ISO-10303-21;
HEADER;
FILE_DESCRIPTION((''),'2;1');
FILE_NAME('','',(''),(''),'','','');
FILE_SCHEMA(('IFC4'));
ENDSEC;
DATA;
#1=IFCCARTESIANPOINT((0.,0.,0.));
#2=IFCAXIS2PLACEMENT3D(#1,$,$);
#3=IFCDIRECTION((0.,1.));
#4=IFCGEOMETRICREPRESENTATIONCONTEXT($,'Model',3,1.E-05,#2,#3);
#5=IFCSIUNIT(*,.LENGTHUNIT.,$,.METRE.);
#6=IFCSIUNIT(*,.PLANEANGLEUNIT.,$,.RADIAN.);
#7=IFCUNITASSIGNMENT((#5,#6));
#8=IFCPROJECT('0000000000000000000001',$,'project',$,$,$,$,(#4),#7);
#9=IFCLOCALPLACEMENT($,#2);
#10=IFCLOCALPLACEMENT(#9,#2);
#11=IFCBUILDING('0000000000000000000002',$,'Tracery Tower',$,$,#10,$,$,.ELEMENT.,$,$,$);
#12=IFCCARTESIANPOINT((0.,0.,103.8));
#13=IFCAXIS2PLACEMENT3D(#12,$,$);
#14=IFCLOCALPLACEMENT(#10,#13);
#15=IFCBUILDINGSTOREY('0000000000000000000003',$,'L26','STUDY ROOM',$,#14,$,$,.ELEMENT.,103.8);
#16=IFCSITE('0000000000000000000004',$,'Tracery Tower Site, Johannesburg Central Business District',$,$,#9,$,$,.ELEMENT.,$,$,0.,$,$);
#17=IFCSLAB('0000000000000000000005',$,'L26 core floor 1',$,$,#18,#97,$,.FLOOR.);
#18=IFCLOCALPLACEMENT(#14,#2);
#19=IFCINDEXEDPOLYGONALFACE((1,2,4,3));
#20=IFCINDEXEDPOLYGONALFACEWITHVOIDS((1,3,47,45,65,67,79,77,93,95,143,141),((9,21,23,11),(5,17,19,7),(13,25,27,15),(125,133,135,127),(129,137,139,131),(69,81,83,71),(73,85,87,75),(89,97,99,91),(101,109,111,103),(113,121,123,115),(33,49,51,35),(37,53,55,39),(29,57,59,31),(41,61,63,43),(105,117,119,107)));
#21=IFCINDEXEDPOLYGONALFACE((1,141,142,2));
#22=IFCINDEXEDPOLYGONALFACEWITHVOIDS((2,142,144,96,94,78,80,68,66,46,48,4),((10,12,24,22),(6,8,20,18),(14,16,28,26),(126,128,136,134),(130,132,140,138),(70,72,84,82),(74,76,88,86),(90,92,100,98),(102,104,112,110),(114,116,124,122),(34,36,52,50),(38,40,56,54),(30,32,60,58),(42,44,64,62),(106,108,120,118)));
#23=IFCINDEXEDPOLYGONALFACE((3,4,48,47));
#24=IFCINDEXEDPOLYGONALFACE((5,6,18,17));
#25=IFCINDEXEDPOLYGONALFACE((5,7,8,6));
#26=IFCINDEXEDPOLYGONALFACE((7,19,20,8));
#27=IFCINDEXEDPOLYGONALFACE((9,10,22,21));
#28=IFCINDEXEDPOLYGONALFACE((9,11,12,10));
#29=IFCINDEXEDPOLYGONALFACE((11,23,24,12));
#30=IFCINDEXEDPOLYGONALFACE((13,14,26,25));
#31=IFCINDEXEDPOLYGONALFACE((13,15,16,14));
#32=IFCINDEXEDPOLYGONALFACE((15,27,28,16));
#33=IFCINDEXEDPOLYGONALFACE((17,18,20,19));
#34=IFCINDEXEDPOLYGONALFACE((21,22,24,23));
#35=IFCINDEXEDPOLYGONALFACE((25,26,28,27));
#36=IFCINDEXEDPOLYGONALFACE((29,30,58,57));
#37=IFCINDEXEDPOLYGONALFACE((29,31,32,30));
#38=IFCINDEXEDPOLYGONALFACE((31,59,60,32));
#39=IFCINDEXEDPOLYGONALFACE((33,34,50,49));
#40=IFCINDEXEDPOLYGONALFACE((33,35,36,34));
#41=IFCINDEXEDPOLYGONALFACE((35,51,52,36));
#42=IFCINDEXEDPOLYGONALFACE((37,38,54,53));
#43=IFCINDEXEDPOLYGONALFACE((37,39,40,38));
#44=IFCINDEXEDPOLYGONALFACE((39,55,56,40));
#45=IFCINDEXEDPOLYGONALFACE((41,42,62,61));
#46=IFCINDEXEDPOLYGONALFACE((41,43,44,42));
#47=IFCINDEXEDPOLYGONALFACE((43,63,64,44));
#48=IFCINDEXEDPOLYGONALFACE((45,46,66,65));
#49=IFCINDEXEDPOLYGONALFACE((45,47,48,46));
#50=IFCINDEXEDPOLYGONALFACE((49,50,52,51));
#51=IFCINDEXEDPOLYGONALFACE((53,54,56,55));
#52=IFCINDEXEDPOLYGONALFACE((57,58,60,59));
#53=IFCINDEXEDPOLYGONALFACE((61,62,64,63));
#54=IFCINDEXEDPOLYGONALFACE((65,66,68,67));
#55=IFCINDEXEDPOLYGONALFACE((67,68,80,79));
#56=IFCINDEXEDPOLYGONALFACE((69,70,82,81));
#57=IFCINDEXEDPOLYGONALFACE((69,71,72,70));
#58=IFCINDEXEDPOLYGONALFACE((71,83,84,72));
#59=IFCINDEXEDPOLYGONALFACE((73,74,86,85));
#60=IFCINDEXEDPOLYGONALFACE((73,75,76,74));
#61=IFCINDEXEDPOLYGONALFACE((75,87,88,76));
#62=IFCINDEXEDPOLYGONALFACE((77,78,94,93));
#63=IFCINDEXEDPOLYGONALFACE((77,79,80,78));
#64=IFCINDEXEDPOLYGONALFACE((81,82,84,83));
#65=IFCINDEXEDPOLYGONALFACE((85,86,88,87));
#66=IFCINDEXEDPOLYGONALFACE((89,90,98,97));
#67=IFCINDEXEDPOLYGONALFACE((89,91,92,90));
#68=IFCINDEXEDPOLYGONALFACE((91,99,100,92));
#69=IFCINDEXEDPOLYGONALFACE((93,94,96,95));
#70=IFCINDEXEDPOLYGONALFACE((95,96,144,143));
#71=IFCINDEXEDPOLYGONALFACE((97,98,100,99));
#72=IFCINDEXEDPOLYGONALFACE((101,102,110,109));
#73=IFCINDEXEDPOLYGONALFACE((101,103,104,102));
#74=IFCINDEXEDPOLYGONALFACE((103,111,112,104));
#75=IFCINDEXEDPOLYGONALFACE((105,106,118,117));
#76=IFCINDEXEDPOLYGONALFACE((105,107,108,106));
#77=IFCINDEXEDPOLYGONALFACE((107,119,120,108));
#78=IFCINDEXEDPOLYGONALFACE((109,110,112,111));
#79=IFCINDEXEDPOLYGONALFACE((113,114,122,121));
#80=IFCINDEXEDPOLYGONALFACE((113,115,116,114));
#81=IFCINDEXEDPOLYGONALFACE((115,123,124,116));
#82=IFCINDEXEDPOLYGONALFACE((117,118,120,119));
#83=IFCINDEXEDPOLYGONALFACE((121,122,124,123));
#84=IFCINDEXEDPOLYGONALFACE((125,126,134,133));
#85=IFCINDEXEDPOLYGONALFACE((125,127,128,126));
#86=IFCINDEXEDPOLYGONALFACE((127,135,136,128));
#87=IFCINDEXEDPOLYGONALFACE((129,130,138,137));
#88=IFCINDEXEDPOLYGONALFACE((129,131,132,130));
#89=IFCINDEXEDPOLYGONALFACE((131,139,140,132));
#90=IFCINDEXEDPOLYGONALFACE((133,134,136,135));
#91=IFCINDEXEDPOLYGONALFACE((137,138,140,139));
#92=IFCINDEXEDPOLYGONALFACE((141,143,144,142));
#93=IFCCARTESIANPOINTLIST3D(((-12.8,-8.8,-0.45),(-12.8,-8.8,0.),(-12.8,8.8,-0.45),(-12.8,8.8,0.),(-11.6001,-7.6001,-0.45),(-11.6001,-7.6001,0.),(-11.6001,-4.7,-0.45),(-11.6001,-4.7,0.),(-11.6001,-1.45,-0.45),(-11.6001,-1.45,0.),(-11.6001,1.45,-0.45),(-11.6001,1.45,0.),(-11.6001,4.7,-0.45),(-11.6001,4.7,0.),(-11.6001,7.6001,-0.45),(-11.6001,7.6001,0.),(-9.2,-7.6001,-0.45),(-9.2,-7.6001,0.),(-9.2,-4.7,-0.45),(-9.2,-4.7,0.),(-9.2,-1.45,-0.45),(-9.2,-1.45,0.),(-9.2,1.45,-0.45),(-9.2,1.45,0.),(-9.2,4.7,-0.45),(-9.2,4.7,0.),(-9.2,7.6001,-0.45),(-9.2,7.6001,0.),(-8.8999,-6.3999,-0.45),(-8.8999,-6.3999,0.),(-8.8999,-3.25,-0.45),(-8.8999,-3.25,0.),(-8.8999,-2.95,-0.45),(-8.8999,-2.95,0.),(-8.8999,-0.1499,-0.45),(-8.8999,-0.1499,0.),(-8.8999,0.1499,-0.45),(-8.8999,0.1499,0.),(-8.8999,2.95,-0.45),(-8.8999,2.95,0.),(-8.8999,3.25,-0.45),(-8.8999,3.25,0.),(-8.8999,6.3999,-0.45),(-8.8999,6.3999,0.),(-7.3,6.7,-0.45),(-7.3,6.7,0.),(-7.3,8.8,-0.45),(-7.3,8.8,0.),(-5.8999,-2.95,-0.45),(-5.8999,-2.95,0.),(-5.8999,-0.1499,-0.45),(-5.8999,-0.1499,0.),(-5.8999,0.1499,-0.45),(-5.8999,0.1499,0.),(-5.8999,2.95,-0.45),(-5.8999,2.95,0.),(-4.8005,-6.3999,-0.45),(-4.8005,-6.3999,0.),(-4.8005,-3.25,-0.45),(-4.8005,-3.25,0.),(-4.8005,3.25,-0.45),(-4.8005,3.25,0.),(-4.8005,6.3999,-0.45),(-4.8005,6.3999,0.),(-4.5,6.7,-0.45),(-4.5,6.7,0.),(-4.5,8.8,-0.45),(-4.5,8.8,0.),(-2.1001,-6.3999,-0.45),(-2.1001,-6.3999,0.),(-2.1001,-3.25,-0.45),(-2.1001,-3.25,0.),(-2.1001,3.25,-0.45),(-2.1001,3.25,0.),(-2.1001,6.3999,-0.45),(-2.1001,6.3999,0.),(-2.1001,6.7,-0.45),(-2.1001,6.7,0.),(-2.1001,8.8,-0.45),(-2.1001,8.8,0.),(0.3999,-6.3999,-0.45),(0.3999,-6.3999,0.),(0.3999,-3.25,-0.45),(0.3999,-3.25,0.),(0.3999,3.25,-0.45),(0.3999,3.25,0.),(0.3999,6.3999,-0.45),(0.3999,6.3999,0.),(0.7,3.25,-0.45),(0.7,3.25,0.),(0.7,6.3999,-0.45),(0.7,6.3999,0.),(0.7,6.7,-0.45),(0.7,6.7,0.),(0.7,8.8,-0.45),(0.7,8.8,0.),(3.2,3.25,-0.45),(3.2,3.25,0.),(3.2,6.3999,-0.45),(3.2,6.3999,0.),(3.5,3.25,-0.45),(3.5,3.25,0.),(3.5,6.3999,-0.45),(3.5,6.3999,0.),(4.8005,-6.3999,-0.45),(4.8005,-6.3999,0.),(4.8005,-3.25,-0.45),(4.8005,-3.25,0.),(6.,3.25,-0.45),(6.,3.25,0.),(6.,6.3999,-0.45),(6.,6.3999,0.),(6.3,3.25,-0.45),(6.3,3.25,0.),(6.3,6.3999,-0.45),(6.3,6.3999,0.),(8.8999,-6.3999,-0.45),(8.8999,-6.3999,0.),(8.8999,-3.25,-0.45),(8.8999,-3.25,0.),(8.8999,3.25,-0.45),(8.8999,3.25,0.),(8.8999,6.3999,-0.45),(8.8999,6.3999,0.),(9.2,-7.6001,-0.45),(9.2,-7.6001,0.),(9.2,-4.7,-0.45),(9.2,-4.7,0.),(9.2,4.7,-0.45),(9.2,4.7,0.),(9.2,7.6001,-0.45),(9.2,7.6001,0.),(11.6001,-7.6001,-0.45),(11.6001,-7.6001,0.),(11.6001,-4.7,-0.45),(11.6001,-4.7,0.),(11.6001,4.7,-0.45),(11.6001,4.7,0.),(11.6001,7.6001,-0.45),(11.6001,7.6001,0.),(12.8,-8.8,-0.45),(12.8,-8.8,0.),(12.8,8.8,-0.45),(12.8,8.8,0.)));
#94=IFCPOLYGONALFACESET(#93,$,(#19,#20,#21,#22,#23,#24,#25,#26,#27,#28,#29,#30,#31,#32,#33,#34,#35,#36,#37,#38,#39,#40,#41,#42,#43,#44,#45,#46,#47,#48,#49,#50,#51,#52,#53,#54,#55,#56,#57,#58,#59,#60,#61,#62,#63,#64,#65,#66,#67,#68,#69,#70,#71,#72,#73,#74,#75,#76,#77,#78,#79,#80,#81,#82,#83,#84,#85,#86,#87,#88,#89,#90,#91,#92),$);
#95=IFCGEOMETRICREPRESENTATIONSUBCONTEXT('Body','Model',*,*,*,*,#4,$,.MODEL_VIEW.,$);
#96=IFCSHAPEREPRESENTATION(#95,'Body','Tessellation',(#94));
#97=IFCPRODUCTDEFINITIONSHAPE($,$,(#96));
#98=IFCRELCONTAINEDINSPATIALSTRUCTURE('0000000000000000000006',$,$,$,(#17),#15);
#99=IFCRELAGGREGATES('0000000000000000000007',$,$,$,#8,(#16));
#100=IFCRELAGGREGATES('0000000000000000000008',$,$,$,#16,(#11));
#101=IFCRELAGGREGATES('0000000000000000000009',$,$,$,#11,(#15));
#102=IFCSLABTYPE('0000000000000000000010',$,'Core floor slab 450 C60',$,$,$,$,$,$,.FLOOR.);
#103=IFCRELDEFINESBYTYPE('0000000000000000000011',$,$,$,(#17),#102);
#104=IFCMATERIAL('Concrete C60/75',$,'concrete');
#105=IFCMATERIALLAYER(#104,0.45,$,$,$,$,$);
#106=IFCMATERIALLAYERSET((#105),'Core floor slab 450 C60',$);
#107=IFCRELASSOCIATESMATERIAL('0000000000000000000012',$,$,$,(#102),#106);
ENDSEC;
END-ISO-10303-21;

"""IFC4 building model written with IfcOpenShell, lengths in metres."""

from ifc_helpers import new_model, si_unit, direction, frame, origin, place, context, subcontext, project, spatial, polyline, outline, extrude, material, layer, layer_set, type_object, element, save


model = new_model("IFC4")

# Units and contexts
model_context = context("Model", 3, precision=1e-05, world=origin(), true_north=direction((0.0, 1.0)))
body_context = subcontext(model_context, "Body", "Model", "MODEL_VIEW")
ifc_project = project(units=[si_unit("LENGTHUNIT", "METRE"), si_unit("PLANEANGLEUNIT", "RADIAN")], contexts=[model_context])

# Site, building, storey
site_placement = place(None, origin())
site = spatial("IfcSite", under=ifc_project, at=site_placement, Name="Tracery Tower Site, Johannesburg Central Business District", CompositionType="ELEMENT", RefElevation=0.0)
building_placement = place(site_placement, origin())
building = spatial("IfcBuilding", under=site, at=building_placement, Name="Tracery Tower", CompositionType="ELEMENT")
storey_placement = place(building_placement, frame((0.0, 0.0, 103.8)))
storey = spatial("IfcBuildingStorey", under=building, at=storey_placement, Name="L26", Description="STUDY ROOM", CompositionType="ELEMENT", Elevation=103.8)

# Slab
ifc_material_1 = material(Name="Concrete C60/75", Category="concrete")
ifc_layer_1 = layer(ifc_material_1, 0.45)
ifc_layer_set_1 = layer_set([ifc_layer_1], Name="Core floor slab 450 C60")
slab_type_1 = type_object("IfcSlabType", Name="Core floor slab 450 C60", PredefinedType="FLOOR", material=ifc_layer_set_1)
slab_1_placement = place(storey_placement, frame((0.0, 0.0, -0.45)))
element("IfcSlab", 1, at=slab_1_placement, inside=storey, type_object=slab_type_1, Name="L26 core floor 1", PredefinedType="FLOOR", context=body_context, shape_type="SweptSolid", body=[
    extrude(outline(polyline([(-12.8, 8.8), (-7.3, 8.8), (-7.3, 6.7), (-4.5, 6.7), (-4.5, 8.8), (-2.1001, 8.8), (-2.1001, 6.7), (0.7, 6.7), (0.7, 8.8), (12.8, 8.8), (12.8, -8.8), (-12.8, -8.8), (-12.8, 8.8)]), holes=[polyline([(11.6001, -7.6001), (11.6001, -4.7), (9.2, -4.7), (9.2, -7.6001), (11.6001, -7.6001)]), polyline([(11.6001, 4.7), (11.6001, 7.6001), (9.2, 7.6001), (9.2, 4.7), (11.6001, 4.7)]), polyline([(4.8005, -3.25), (4.8005, -6.3999), (8.8999, -6.3999), (8.8999, -3.25), (4.8005, -3.25)]), polyline([(6.3, 3.25), (8.8999, 3.25), (8.8999, 6.3999), (6.3, 6.3999), (6.3, 3.25)]), polyline([(3.5, 3.25), (6.0, 3.25), (6.0, 6.3999), (3.5, 6.3999), (3.5, 3.25)]), polyline([(3.2, 3.25), (3.2, 6.3999), (0.7, 6.3999), (0.7, 3.25), (3.2, 3.25)]), polyline([(-2.1001, 3.25), (0.3999, 3.25), (0.3999, 6.3999), (-2.1001, 6.3999), (-2.1001, 3.25)]), polyline([(0.3999, -6.3999), (0.3999, -3.25), (-2.1001, -3.25), (-2.1001, -6.3999), (0.3999, -6.3999)]), polyline([(-4.8005, -3.25), (-8.8999, -3.25), (-8.8999, -6.3999), (-4.8005, -6.3999), (-4.8005, -3.25)]), polyline([(-4.8005, 6.3999), (-8.8999, 6.3999), (-8.8999, 3.25), (-4.8005, 3.25), (-4.8005, 6.3999)]), polyline([(-8.8999, -2.95), (-5.8999, -2.95), (-5.8999, -0.1499), (-8.8999, -0.1499), (-8.8999, -2.95)]), polyline([(-5.8999, 0.1499), (-5.8999, 2.95), (-8.8999, 2.95), (-8.8999, 0.1499), (-5.8999, 0.1499)]), polyline([(-11.6001, 4.7), (-9.2, 4.7), (-9.2, 7.6001), (-11.6001, 7.6001), (-11.6001, 4.7)]), polyline([(-9.2, -7.6001), (-9.2, -4.7), (-11.6001, -4.7), (-11.6001, -7.6001), (-9.2, -7.6001)]), polyline([(-9.2, -1.45), (-9.2, 1.45), (-11.6001, 1.45), (-11.6001, -1.45), (-9.2, -1.45)])]), origin(), (0.0, 0.0, 1.0), 0.45),
])

save(model, "model.ifc")
